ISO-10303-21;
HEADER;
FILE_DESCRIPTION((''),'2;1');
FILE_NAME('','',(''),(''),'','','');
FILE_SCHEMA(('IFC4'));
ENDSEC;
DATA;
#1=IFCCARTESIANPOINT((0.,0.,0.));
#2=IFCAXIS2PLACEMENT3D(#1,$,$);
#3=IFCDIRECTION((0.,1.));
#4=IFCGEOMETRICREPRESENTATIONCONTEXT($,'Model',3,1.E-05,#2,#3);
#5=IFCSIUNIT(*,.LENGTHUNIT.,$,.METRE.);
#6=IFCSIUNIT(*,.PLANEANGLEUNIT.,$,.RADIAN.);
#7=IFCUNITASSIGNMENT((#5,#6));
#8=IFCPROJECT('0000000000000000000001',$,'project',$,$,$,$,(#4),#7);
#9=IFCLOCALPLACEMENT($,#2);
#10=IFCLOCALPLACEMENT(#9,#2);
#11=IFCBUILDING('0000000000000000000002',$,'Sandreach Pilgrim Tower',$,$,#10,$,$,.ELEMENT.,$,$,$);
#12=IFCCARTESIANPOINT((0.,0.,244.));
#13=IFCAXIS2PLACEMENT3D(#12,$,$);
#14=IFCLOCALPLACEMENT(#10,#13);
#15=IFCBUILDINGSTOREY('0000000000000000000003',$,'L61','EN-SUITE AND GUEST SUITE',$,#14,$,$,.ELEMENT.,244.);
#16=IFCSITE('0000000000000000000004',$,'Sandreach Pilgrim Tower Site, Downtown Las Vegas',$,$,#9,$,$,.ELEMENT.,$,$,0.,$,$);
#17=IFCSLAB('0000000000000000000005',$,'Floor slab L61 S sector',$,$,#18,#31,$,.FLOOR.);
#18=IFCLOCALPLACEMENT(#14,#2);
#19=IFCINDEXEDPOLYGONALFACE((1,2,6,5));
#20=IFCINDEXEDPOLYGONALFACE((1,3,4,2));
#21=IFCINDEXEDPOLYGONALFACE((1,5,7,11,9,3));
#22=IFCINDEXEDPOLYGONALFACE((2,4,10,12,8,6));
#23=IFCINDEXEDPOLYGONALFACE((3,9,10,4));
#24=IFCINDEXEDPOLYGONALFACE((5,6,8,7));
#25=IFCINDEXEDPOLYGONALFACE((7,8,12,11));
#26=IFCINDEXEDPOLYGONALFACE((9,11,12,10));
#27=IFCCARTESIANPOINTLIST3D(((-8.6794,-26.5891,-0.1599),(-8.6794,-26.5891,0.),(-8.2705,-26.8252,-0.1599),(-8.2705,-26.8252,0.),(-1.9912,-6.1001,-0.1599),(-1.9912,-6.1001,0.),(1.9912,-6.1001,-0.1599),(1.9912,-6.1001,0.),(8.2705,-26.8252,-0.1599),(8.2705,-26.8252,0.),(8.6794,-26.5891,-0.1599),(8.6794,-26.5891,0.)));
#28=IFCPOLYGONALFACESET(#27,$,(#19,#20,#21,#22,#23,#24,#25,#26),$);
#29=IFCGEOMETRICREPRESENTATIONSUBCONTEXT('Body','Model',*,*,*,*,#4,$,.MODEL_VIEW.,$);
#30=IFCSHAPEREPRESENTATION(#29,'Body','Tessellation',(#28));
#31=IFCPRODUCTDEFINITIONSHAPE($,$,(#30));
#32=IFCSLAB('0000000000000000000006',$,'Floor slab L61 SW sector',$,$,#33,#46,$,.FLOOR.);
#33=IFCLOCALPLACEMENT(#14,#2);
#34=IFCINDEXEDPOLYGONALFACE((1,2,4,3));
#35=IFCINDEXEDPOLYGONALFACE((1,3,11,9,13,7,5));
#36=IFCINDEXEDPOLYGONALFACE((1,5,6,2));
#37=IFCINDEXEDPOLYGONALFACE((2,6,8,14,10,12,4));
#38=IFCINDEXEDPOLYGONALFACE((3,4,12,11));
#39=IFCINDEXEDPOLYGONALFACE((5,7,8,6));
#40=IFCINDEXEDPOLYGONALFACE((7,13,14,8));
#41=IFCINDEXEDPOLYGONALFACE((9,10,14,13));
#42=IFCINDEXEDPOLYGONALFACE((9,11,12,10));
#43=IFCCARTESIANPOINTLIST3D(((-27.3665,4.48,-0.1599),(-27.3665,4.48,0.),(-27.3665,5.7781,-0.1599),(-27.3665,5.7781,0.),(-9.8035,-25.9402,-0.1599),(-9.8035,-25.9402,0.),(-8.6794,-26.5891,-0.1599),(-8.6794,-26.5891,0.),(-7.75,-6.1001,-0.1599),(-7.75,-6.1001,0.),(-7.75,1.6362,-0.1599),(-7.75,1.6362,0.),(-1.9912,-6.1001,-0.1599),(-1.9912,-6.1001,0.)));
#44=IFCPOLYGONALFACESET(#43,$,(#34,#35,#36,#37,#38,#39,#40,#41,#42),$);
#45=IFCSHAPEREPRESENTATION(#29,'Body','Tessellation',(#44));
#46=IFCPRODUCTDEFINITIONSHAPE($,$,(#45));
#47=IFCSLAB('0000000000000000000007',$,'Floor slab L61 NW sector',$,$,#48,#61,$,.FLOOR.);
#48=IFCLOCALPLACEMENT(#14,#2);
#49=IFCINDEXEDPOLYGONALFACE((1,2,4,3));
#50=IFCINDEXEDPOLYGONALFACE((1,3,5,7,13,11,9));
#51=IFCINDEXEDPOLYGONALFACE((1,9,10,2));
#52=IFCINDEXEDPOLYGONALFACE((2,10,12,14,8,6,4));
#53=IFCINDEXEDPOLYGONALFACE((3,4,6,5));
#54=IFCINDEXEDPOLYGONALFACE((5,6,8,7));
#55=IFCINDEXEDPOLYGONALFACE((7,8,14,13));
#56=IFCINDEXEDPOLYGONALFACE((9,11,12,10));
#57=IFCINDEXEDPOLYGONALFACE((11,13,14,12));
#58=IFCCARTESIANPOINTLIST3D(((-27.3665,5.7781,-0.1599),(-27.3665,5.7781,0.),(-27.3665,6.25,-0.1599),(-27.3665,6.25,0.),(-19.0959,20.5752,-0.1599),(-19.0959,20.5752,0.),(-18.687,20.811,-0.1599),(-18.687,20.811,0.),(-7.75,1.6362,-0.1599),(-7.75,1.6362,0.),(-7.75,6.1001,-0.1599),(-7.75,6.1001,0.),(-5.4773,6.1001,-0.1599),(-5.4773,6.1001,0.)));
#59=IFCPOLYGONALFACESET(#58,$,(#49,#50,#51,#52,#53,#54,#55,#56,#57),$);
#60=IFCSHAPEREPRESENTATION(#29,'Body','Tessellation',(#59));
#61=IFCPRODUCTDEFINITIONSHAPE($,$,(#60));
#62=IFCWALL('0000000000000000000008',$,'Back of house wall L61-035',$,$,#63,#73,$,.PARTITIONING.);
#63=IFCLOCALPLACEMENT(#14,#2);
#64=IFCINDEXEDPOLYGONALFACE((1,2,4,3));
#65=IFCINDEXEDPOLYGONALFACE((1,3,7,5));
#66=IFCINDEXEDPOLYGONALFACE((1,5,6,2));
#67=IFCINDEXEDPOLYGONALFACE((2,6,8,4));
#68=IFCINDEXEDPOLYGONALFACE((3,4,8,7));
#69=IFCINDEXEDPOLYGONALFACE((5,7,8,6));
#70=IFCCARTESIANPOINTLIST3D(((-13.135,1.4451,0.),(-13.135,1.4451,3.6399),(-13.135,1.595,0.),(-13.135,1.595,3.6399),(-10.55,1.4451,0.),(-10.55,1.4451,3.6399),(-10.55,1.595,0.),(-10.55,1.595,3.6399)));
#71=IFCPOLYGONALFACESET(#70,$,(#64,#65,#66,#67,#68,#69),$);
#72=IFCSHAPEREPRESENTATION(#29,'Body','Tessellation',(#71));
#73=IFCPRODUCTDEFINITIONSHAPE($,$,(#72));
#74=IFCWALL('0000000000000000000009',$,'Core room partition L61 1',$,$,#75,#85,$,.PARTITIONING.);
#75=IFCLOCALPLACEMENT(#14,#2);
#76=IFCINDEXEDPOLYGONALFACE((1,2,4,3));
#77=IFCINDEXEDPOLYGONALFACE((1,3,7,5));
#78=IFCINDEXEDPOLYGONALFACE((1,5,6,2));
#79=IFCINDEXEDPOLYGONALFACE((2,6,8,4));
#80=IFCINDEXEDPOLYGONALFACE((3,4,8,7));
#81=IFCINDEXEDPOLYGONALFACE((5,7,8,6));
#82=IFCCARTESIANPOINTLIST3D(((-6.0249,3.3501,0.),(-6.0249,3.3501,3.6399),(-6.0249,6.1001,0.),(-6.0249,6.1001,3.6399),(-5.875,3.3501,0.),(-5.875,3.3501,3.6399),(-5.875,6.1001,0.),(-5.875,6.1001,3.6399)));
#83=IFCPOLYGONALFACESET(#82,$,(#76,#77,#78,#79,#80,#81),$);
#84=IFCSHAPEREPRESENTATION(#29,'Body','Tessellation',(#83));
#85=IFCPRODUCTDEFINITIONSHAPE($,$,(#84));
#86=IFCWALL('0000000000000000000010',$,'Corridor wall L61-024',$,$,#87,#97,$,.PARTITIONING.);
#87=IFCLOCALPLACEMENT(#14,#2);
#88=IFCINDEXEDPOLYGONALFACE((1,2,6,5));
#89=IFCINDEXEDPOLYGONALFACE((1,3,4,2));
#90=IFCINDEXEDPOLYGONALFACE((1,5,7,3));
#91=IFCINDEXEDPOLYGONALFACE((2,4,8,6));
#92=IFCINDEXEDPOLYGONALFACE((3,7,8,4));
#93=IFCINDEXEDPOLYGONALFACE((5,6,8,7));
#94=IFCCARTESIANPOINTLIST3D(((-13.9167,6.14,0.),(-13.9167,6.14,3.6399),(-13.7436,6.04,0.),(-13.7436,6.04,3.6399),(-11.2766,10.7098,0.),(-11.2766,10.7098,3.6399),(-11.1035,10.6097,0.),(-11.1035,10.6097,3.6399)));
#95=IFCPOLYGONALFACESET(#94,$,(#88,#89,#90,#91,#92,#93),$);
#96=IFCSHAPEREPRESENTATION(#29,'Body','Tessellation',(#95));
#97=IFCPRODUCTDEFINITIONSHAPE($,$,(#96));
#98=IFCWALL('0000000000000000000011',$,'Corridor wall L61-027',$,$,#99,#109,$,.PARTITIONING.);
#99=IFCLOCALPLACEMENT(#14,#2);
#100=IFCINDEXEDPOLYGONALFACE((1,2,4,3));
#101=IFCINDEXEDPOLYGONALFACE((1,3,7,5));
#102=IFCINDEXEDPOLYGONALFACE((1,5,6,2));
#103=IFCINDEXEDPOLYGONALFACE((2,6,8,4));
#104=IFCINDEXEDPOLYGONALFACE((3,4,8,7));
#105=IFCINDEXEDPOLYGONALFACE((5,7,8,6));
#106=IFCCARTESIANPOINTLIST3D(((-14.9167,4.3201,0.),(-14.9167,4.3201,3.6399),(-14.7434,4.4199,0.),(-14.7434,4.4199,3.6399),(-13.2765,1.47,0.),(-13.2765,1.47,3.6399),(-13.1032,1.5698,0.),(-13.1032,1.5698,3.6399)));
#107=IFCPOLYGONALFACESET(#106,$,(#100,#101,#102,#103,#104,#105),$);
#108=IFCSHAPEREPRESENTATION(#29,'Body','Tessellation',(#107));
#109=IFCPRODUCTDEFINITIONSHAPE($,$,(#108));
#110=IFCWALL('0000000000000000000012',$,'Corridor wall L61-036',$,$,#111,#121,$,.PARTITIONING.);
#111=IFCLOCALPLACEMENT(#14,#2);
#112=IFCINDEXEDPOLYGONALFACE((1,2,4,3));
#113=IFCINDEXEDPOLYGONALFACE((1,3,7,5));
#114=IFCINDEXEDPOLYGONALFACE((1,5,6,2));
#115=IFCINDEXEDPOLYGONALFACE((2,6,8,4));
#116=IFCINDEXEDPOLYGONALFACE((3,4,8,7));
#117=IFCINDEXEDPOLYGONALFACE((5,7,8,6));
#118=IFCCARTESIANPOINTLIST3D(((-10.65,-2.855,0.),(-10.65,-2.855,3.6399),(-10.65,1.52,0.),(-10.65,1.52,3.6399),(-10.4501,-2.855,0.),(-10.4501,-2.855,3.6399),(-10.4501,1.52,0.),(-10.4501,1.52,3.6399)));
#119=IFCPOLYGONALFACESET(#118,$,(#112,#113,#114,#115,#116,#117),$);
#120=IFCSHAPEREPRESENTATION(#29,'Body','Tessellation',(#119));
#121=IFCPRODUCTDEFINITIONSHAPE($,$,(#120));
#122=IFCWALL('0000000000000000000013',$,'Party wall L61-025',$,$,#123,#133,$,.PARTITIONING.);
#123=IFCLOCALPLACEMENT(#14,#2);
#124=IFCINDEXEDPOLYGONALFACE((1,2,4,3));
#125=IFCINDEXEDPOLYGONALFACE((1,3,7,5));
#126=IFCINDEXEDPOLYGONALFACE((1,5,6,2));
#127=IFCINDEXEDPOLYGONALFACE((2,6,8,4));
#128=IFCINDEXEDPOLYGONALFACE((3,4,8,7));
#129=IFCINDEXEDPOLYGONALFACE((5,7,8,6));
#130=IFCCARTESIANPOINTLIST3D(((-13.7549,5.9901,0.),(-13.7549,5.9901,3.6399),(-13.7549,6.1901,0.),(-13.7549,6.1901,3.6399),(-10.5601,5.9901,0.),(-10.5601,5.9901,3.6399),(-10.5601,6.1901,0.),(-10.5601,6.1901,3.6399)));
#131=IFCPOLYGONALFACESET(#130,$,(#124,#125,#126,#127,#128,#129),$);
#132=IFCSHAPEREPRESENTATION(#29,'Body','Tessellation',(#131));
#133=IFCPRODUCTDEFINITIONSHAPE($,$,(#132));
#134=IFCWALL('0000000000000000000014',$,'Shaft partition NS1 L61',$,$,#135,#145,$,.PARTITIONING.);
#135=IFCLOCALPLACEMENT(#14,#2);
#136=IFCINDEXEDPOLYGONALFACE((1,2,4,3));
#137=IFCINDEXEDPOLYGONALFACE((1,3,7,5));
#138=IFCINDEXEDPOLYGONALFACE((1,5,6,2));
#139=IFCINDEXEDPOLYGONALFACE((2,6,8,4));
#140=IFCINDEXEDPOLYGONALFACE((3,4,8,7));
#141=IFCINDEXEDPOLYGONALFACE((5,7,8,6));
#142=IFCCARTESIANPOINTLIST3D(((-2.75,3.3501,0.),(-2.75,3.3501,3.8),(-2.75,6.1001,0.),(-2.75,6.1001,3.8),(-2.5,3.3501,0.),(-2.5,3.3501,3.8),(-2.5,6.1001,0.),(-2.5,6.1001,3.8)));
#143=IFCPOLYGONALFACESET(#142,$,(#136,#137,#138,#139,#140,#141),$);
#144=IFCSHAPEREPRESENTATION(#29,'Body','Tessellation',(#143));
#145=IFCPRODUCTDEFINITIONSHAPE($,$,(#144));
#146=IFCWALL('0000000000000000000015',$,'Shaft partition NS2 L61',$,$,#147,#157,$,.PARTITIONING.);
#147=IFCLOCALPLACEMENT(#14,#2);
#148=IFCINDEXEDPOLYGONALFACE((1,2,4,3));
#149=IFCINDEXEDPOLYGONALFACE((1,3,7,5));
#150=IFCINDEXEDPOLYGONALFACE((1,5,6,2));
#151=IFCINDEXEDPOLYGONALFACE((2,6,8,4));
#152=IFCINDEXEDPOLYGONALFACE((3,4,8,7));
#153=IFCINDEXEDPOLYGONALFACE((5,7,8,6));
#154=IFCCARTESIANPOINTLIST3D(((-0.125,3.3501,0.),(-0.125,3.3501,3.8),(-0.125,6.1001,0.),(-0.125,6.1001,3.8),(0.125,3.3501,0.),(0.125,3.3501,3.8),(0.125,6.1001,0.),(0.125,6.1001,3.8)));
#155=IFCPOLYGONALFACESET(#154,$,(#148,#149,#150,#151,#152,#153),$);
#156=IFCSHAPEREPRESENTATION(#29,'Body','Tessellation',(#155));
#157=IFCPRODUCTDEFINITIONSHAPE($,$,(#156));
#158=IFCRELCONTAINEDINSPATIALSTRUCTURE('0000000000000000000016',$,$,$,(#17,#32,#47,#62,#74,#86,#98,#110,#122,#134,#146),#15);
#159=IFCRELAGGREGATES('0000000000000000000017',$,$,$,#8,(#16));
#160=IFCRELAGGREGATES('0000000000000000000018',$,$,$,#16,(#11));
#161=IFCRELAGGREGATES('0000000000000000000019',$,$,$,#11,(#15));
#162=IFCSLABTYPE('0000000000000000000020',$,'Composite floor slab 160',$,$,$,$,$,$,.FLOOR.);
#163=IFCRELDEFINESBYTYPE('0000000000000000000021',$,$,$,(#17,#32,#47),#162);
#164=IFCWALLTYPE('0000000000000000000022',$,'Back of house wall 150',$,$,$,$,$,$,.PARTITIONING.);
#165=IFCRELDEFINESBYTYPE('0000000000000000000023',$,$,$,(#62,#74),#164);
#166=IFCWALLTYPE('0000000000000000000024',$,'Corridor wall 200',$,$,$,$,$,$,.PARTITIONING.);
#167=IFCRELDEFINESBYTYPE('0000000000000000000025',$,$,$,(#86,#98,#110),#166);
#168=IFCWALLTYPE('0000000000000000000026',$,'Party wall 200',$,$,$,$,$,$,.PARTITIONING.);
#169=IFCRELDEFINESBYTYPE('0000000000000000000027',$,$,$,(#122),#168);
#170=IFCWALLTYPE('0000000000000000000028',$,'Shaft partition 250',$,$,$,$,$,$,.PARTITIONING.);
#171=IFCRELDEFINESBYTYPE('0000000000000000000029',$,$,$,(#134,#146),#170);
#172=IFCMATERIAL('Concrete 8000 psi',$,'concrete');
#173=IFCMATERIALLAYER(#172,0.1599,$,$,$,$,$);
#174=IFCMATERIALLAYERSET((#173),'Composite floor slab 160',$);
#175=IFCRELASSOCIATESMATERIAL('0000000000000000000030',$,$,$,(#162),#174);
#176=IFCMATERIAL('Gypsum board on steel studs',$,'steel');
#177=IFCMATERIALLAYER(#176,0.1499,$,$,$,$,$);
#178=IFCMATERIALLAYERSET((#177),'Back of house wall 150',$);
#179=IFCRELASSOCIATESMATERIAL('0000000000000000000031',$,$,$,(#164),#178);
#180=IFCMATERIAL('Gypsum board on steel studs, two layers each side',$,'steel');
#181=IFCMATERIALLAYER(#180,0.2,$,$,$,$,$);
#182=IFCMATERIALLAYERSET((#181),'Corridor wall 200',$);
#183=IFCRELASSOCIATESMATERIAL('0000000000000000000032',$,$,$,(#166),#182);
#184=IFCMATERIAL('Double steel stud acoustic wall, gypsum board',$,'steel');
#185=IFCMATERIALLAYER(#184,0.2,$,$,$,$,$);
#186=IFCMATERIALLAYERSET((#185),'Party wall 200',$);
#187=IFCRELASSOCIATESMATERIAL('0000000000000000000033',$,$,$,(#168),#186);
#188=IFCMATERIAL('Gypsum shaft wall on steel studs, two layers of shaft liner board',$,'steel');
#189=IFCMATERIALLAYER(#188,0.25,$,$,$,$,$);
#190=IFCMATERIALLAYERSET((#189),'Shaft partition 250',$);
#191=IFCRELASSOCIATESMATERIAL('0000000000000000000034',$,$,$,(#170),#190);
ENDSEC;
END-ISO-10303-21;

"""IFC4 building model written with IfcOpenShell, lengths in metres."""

from ifc_helpers import new_model, si_unit, direction, frame, frame_2d, origin, place, context, subcontext, project, spatial, polyline, rectangle, outline, extrude, material, layer, layer_set, type_object, element, save


model = new_model("IFC4")

# Units and contexts
model_context = context("Model", 3, precision=1e-05, world=origin(), true_north=direction((0.0, 1.0)))
body_context = subcontext(model_context, "Body", "Model", "MODEL_VIEW")
ifc_project = project(units=[si_unit("LENGTHUNIT", "METRE"), si_unit("PLANEANGLEUNIT", "RADIAN")], contexts=[model_context])

# Site, building, storey
site_placement = place(None, origin())
site = spatial("IfcSite", under=ifc_project, at=site_placement, Name="Sandreach Pilgrim Tower Site, Downtown Las Vegas", CompositionType="ELEMENT", RefElevation=0.0)
building_placement = place(site_placement, origin())
building = spatial("IfcBuilding", under=site, at=building_placement, Name="Sandreach Pilgrim Tower", CompositionType="ELEMENT")
storey_placement = place(building_placement, frame((0.0, 0.0, 244.0)))
storey = spatial("IfcBuildingStorey", under=building, at=storey_placement, Name="L61", Description="EN-SUITE AND GUEST SUITE", CompositionType="ELEMENT", Elevation=244.0)

# Slabs
ifc_material_1 = material(Name="Concrete 8000 psi", Category="concrete")
ifc_layer_1 = layer(ifc_material_1, 0.1599)
ifc_layer_set_1 = layer_set([ifc_layer_1], Name="Composite floor slab 160")
slab_type = type_object("IfcSlabType", Name="Composite floor slab 160", PredefinedType="FLOOR", material=ifc_layer_set_1)
slab_1_placement = place(storey_placement, frame((0.0, 0.0, -0.1599)))
element("IfcSlab", 1, at=slab_1_placement, inside=storey, type_object=slab_type, Name="Floor slab L61 S sector", PredefinedType="FLOOR", context=body_context, shape_type="SweptSolid", body=[
    extrude(outline(polyline([(8.2705, -26.8252), (-8.2705, -26.8252), (-8.6794, -26.5891), (-1.9912, -6.1001), (1.9912, -6.1001), (8.6794, -26.5891), (8.2705, -26.8252)])), origin(), (0.0, 0.0, 1.0), 0.1599),
])
slab_2_placement = place(storey_placement, frame((0.0, 0.0, -0.1599)))
element("IfcSlab", 2, at=slab_2_placement, inside=storey, type_object=slab_type, Name="Floor slab L61 SW sector", PredefinedType="FLOOR", context=body_context, shape_type="SweptSolid", body=[
    extrude(outline(polyline([(-9.8035, -25.9402), (-27.3665, 4.48), (-27.3665, 5.7781), (-7.75, 1.6362), (-7.75, -6.1001), (-1.9912, -6.1001), (-8.6794, -26.5891), (-9.8035, -25.9402)])), origin(), (0.0, 0.0, 1.0), 0.1599),
])
slab_3_placement = place(storey_placement, frame((0.0, 0.0, -0.1599)))
element("IfcSlab", 3, at=slab_3_placement, inside=storey, type_object=slab_type, Name="Floor slab L61 NW sector", PredefinedType="FLOOR", context=body_context, shape_type="SweptSolid", body=[
    extrude(outline(polyline([(-27.3665, 6.25), (-19.0959, 20.5752), (-18.687, 20.811), (-5.4773, 6.1001), (-7.75, 6.1001), (-7.75, 1.6362), (-27.3665, 5.7781), (-27.3665, 6.25)])), origin(), (0.0, 0.0, 1.0), 0.1599),
])

# Walls
ifc_material_2 = material(Name="Gypsum board on steel studs", Category="steel")
ifc_layer_2 = layer(ifc_material_2, 0.1499)
ifc_layer_set_2 = layer_set([ifc_layer_2], Name="Back of house wall 150")
wall_type_1 = type_object("IfcWallType", Name="Back of house wall 150", PredefinedType="PARTITIONING", material=ifc_layer_set_2)
wall_1_placement = place(storey_placement, frame((-10.55, 1.52, 0.0), z_axis=(0.0, 0.0, 1.0), x_axis=(-1.0, 0.0, 0.0)))
element("IfcWall", 4, at=wall_1_placement, inside=storey, type_object=wall_type_1, Name="Back of house wall L61-035", PredefinedType="PARTITIONING", context=body_context, shape_type="SweptSolid", body=[
    extrude(rectangle(XDim=2.585, YDim=0.1499, at=frame_2d((1.2925, 0.0))), origin(), (0.0, 0.0, 1.0), 3.6399),
])
wall_2_placement = place(storey_placement, frame((-5.95, 3.3501, 0.0), z_axis=(0.0, 0.0, 1.0), x_axis=(0.0, 1.0, 0.0)))
element("IfcWall", 5, at=wall_2_placement, inside=storey, type_object=wall_type_1, Name="Core room partition L61 1", PredefinedType="PARTITIONING", context=body_context, shape_type="SweptSolid", body=[
    extrude(rectangle(XDim=2.75, YDim=0.1499, at=frame_2d((1.375, 0.0))), origin(), (0.0, 0.0, 1.0), 3.6399),
])

# Walls
ifc_material_3 = material(Name="Gypsum board on steel studs, two layers each side", Category="steel")
ifc_layer_3 = layer(ifc_material_3, 0.2)
ifc_layer_set_3 = layer_set([ifc_layer_3], Name="Corridor wall 200")
wall_type_2 = type_object("IfcWallType", Name="Corridor wall 200", PredefinedType="PARTITIONING", material=ifc_layer_set_3)
wall_3_placement = place(storey_placement, frame((-13.8301, 6.0901, 0.0), z_axis=(0.0, 0.0, 1.0), x_axis=(0.500248, 0.865882, 0.0)))
element("IfcWall", 6, at=wall_3_placement, inside=storey, type_object=wall_type_2, Name="Corridor wall L61-024", PredefinedType="PARTITIONING", context=body_context, shape_type="SweptSolid", body=[
    extrude(rectangle(XDim=5.2776, YDim=0.2, at=frame_2d((2.6387, 0.0))), origin(), (0.0, 0.0, 1.0), 3.6399),
])
wall_4_placement = place(storey_placement, frame((-13.1899, 1.52, 0.0), z_axis=(0.0, 0.0, 1.0), x_axis=(-0.498775, 0.866731, 0.0)))
element("IfcWall", 7, at=wall_4_placement, inside=storey, type_object=wall_type_2, Name="Corridor wall L61-027", PredefinedType="PARTITIONING", context=body_context, shape_type="SweptSolid", body=[
    extrude(rectangle(XDim=3.2883, YDim=0.2, at=frame_2d((1.644, 0.0))), origin(), (0.0, 0.0, 1.0), 3.6399),
])
wall_5_placement = place(storey_placement, frame((-10.55, 1.52, 0.0), z_axis=(0.0, 0.0, 1.0), x_axis=(0.0, -1.0, 0.0)))
element("IfcWall", 8, at=wall_5_placement, inside=storey, type_object=wall_type_2, Name="Corridor wall L61-036", PredefinedType="PARTITIONING", context=body_context, shape_type="SweptSolid", body=[
    extrude(rectangle(XDim=4.375, YDim=0.2, at=frame_2d((2.1875, 0.0))), origin(), (0.0, 0.0, 1.0), 3.6399),
])

# Walls
ifc_material_4 = material(Name="Double steel stud acoustic wall, gypsum board", Category="steel")
ifc_layer_4 = layer(ifc_material_4, 0.2)
ifc_layer_set_4 = layer_set([ifc_layer_4], Name="Party wall 200")
wall_type_3 = type_object("IfcWallType", Name="Party wall 200", PredefinedType="PARTITIONING", material=ifc_layer_set_4)
wall_6_placement = place(storey_placement, frame((-13.7549, 6.0901, 0.0), z_axis=(0.0, 0.0, 1.0), x_axis=(1.0, 0.0, 0.0)))
element("IfcWall", 9, at=wall_6_placement, inside=storey, type_object=wall_type_3, Name="Party wall L61-025", PredefinedType="PARTITIONING", context=body_context, shape_type="SweptSolid", body=[
    extrude(rectangle(XDim=3.1948, YDim=0.2, at=frame_2d((1.5974, 0.0))), origin(), (0.0, 0.0, 1.0), 3.6399),
])
ifc_material_5 = material(Name="Gypsum shaft wall on steel studs, two layers of shaft liner board", Category="steel")
ifc_layer_5 = layer(ifc_material_5, 0.25)
ifc_layer_set_5 = layer_set([ifc_layer_5], Name="Shaft partition 250")
wall_type_4 = type_object("IfcWallType", Name="Shaft partition 250", PredefinedType="PARTITIONING", material=ifc_layer_set_5)
for number, where, z_axis, x_axis, name in (
    (10, (-2.625, 3.3501, 0.0), (0.0, 0.0, 1.0), (0.0, 1.0, 0.0), "Shaft partition NS1 L61"),
    (11, (0.0, 3.3501, 0.0), (0.0, 0.0, 1.0), (0.0, 1.0, 0.0), "Shaft partition NS2 L61"),
):
    element("IfcWall", number, at=place(storey_placement, frame(where, z_axis=z_axis, x_axis=x_axis)), inside=storey, type_object=wall_type_4, Name=name, PredefinedType="PARTITIONING", context=body_context, shape_type="SweptSolid", body=[
        extrude(rectangle(XDim=2.75, YDim=0.25, at=frame_2d((1.375, 0.0))), origin(), (0.0, 0.0, 1.0), 3.8),
    ])

save(model, "model.ifc")
